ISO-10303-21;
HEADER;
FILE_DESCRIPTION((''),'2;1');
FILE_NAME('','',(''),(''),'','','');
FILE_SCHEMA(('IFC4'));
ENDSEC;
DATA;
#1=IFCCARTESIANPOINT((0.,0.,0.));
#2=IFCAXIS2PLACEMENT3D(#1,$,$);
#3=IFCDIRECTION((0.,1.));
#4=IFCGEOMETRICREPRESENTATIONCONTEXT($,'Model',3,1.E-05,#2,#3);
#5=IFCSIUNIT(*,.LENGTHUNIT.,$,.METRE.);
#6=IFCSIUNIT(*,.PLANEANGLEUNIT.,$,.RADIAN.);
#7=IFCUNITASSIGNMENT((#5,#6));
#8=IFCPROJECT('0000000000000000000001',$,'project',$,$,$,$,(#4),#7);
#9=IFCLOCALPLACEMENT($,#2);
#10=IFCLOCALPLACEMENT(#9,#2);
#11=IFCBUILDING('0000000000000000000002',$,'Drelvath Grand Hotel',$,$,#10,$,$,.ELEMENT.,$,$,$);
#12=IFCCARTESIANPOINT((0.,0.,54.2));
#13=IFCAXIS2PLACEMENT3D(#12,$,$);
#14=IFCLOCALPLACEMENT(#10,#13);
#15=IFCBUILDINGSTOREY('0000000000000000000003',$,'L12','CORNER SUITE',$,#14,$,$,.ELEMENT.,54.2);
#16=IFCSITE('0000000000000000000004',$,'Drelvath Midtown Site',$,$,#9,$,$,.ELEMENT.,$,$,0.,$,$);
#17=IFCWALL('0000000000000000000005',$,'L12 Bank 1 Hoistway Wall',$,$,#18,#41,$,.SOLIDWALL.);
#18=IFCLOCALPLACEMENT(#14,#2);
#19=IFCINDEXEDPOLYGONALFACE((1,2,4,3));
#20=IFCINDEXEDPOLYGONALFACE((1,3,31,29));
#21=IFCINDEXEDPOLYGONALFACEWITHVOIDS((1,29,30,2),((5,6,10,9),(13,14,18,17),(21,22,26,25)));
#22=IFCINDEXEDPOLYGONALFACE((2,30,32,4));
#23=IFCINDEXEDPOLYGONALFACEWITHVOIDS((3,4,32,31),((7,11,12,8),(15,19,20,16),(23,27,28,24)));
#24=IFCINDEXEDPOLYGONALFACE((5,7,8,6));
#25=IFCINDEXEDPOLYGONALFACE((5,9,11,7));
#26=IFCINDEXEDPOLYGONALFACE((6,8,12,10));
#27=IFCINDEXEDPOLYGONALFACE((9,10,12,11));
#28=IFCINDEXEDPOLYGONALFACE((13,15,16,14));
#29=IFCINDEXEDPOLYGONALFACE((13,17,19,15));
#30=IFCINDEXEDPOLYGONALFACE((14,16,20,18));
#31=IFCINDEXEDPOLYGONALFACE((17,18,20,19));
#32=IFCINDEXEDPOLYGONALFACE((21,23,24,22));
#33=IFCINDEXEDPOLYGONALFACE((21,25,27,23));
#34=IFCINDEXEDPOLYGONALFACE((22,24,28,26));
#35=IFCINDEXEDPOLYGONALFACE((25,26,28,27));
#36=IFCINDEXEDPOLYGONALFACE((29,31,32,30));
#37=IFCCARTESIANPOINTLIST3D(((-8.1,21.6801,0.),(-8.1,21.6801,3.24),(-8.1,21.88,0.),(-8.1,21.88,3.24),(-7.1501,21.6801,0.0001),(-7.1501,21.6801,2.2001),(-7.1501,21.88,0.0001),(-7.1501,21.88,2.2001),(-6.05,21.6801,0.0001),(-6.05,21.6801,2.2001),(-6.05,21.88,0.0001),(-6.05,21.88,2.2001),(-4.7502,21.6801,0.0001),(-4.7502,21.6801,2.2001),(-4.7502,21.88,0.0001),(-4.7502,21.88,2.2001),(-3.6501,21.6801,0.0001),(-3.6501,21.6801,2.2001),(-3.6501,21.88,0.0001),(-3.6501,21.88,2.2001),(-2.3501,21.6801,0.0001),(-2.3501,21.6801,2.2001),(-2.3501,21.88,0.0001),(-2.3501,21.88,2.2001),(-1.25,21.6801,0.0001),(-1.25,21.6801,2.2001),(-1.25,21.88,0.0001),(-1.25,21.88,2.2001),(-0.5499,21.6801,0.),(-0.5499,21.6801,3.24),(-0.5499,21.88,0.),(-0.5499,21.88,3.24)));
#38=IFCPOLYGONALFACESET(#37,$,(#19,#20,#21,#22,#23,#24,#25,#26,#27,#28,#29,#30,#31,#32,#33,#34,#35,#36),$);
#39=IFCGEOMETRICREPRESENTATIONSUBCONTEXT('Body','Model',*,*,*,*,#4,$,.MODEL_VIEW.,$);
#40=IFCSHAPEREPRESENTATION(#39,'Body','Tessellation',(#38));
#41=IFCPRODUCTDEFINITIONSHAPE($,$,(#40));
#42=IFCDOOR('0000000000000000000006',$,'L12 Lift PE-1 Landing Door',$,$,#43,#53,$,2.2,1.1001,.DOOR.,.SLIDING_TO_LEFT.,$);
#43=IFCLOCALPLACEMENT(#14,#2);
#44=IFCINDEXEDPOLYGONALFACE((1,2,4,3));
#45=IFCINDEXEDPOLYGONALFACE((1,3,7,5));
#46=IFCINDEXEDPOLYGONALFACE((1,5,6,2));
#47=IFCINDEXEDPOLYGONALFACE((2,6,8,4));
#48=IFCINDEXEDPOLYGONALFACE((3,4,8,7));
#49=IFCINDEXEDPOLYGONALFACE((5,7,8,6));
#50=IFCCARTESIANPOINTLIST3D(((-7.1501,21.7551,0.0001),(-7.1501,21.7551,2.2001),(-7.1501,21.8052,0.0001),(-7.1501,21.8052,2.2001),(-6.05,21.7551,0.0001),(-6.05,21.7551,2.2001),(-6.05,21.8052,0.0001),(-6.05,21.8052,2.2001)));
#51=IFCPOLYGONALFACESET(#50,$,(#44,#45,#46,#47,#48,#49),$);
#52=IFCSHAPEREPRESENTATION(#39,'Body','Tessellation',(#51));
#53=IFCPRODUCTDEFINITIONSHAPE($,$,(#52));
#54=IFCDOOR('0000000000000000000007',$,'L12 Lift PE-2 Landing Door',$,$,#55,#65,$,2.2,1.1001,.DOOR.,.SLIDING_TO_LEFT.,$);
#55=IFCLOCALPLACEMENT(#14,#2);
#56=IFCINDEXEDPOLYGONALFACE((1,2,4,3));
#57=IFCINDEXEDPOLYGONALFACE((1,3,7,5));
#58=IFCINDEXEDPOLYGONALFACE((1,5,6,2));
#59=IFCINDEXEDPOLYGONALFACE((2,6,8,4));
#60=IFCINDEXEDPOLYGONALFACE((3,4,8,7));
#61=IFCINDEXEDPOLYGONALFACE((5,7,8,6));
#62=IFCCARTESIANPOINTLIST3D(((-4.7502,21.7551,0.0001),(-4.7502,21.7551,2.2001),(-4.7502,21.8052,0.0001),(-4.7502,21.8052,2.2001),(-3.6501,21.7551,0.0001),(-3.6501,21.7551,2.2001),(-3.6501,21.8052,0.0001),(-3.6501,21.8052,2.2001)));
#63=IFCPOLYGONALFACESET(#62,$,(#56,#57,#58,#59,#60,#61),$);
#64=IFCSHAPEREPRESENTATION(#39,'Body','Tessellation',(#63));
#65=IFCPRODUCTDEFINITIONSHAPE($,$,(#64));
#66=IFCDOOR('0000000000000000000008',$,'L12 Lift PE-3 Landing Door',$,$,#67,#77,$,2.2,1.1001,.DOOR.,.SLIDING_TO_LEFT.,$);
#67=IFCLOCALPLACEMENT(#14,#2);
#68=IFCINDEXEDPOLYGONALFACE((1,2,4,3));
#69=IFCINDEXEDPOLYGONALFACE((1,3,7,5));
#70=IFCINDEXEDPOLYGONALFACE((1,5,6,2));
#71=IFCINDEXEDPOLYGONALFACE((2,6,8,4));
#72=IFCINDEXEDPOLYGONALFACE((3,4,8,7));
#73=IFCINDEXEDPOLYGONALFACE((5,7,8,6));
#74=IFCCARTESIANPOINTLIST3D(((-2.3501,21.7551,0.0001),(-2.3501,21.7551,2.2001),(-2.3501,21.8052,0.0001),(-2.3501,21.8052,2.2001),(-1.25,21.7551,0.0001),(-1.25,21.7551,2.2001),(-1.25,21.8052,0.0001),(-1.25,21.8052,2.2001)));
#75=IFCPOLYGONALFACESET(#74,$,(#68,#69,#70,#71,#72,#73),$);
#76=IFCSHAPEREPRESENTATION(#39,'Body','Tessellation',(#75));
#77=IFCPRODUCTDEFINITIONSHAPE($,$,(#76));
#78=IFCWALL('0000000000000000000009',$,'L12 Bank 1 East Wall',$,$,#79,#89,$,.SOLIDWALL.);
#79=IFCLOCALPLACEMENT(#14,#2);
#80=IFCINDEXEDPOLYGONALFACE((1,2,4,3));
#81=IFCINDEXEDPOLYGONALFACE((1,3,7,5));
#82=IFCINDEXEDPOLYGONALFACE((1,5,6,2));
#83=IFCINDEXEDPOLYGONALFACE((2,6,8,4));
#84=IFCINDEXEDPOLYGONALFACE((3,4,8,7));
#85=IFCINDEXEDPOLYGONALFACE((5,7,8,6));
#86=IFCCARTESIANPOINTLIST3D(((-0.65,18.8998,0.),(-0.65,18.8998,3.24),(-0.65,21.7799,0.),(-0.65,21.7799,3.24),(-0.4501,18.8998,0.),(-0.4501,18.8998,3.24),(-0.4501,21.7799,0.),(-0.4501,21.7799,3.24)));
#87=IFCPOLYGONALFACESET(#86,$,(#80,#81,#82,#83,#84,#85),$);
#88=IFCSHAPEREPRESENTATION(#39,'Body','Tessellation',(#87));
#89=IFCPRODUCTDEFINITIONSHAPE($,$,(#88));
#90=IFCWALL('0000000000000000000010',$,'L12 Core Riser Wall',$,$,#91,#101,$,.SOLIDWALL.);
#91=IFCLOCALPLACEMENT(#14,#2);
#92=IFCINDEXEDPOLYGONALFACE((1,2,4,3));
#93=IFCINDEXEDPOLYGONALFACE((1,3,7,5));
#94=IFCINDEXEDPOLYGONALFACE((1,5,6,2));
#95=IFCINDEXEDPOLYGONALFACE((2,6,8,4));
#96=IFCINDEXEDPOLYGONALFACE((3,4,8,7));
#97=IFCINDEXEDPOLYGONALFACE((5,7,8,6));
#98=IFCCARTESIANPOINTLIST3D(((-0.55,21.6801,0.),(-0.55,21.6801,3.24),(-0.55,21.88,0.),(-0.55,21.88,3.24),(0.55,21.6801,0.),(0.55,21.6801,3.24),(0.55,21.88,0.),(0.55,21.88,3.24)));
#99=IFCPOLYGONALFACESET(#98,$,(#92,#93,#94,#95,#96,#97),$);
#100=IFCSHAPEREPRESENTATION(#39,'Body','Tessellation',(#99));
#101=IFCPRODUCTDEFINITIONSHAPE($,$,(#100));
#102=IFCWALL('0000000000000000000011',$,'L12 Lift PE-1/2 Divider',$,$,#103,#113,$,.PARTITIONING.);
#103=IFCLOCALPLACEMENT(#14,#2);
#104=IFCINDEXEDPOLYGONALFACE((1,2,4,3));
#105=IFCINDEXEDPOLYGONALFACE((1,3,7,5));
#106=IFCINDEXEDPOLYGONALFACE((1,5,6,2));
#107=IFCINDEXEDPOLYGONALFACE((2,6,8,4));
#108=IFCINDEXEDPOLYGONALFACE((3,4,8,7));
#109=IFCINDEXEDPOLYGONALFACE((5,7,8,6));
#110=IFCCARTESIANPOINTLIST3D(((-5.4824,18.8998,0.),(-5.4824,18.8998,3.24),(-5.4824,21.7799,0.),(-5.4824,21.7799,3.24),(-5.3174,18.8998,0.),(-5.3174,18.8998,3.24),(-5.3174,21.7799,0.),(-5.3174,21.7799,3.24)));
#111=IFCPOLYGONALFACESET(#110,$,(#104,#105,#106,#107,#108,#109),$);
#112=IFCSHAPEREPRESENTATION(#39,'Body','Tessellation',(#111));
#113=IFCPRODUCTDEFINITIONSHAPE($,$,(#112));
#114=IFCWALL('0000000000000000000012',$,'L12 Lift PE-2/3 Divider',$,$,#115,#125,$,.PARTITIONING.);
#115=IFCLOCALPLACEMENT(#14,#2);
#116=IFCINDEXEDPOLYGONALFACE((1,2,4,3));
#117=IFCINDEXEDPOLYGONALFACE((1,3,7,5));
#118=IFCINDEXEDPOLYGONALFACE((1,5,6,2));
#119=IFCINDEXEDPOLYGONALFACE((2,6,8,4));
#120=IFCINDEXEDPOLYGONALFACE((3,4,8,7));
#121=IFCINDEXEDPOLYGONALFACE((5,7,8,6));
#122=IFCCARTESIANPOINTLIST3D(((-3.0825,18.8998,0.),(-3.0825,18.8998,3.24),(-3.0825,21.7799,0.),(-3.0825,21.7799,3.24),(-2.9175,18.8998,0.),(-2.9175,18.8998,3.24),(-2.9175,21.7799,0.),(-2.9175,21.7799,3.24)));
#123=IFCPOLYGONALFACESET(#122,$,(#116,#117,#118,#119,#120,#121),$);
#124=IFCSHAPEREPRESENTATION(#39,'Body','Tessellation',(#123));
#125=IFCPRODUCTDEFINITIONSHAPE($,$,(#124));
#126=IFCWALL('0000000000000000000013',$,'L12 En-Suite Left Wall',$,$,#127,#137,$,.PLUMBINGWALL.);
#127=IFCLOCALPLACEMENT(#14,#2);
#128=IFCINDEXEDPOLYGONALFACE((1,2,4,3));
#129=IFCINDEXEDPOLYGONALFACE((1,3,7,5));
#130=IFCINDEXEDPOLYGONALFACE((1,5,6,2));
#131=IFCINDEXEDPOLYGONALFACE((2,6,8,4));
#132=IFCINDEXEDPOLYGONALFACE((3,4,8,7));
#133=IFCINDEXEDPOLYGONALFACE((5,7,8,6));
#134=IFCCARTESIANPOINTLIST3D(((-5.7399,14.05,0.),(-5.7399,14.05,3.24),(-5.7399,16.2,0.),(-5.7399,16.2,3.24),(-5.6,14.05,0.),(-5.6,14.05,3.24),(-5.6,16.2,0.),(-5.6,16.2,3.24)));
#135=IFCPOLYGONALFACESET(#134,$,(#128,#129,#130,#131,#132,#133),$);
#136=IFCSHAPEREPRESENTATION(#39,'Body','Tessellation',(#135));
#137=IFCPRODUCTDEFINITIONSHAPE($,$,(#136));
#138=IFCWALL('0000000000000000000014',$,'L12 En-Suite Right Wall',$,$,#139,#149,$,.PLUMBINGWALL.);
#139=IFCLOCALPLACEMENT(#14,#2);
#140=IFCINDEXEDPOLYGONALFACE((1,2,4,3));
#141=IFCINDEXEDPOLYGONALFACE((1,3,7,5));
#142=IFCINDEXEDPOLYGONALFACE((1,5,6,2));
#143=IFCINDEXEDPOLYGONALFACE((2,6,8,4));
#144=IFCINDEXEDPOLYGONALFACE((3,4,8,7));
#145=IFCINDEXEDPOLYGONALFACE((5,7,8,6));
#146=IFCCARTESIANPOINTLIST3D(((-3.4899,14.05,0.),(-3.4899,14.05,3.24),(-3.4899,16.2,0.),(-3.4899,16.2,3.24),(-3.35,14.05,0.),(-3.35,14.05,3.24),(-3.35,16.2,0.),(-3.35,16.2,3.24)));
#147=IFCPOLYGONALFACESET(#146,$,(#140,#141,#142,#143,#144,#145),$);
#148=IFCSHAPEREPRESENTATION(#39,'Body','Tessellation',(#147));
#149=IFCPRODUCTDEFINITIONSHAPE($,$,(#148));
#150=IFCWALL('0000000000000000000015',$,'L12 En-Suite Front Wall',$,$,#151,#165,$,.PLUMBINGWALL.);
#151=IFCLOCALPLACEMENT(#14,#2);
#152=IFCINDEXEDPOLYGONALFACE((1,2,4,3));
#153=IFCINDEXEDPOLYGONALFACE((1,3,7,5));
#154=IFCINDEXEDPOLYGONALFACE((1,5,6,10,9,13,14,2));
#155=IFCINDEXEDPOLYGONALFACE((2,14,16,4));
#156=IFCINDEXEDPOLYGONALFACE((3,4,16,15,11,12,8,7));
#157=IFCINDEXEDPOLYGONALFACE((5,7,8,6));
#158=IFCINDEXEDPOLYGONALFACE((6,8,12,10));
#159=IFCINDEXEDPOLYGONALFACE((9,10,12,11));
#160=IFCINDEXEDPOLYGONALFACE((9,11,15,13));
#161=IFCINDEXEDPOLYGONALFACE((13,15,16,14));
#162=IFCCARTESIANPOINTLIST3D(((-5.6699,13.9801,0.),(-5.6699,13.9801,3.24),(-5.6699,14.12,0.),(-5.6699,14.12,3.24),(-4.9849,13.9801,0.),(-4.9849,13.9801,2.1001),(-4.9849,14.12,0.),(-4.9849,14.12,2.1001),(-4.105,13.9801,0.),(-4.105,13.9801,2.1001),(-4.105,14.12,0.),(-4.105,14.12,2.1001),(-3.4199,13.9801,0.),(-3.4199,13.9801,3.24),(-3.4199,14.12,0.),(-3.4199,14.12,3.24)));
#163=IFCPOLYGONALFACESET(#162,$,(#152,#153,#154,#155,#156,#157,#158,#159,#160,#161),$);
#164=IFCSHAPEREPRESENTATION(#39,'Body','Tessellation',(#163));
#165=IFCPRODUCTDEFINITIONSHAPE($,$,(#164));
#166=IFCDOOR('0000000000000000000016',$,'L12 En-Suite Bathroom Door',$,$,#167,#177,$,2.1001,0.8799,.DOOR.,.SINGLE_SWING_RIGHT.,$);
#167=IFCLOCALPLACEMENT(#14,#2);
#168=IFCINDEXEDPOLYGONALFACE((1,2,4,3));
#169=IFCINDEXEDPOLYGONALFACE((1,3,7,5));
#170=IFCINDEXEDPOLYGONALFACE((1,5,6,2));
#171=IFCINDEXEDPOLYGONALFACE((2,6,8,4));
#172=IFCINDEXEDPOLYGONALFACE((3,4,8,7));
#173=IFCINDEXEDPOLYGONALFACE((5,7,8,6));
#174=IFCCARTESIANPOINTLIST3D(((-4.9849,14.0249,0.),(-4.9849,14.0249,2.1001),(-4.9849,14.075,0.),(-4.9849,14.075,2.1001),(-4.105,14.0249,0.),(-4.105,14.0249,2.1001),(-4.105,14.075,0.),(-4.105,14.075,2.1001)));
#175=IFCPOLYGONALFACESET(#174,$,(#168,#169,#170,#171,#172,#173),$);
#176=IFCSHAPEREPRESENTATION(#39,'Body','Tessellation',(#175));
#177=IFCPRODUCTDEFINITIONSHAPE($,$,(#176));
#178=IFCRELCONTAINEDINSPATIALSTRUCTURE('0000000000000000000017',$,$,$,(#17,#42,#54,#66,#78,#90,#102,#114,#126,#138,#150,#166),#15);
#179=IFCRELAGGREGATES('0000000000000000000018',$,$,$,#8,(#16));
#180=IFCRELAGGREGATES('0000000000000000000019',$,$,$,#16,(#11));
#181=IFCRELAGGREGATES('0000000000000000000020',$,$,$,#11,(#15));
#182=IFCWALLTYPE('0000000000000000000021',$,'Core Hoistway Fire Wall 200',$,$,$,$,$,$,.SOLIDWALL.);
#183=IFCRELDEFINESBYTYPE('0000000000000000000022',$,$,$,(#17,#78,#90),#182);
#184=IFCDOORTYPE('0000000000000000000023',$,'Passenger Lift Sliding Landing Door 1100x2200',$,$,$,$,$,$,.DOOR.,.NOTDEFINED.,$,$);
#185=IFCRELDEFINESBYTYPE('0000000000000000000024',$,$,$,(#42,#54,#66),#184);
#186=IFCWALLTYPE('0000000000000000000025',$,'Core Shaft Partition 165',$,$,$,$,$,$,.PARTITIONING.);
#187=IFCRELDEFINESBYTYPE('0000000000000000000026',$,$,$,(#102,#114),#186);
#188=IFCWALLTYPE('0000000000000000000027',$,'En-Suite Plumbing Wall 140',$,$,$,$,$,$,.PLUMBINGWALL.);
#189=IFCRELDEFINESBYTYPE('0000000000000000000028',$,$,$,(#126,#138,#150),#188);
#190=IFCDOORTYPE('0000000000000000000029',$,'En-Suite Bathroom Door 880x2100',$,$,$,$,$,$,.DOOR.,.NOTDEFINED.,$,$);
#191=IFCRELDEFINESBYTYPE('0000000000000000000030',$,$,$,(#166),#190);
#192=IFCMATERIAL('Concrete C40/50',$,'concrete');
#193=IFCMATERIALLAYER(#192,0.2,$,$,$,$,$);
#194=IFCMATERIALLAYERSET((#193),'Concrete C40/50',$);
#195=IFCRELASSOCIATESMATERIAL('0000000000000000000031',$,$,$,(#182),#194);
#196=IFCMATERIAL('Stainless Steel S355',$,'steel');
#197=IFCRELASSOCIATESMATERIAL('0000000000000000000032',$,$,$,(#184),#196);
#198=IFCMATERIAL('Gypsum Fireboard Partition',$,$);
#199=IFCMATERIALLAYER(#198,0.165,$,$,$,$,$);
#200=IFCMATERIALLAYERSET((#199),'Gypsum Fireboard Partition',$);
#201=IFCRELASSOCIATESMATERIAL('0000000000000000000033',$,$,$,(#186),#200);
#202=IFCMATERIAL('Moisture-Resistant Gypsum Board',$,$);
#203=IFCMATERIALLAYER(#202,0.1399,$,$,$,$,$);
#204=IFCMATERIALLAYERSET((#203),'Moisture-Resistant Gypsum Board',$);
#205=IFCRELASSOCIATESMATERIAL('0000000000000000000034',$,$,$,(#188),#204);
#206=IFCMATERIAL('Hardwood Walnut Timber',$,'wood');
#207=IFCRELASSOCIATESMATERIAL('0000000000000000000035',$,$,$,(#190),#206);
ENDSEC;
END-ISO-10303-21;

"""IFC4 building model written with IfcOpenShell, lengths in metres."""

from ifc_helpers import new_model, si_unit, direction, frame, frame_2d, origin, place, context, subcontext, project, spatial, rectangle, extrude, material, layer, layer_set, type_object, element, fill, save


model = new_model("IFC4")

# Units and contexts
model_context = context("Model", 3, precision=1e-05, world=origin(), true_north=direction((0.0, 1.0)))
body_context = subcontext(model_context, "Body", "Model", "MODEL_VIEW")
ifc_project = project(units=[si_unit("LENGTHUNIT", "METRE"), si_unit("PLANEANGLEUNIT", "RADIAN")], contexts=[model_context])

# Site, building, storey
site_placement = place(None, origin())
site = spatial("IfcSite", under=ifc_project, at=site_placement, Name="Drelvath Midtown Site", CompositionType="ELEMENT", RefElevation=0.0)
building_placement = place(site_placement, origin())
building = spatial("IfcBuilding", under=site, at=building_placement, Name="Drelvath Grand Hotel", CompositionType="ELEMENT")
storey_placement = place(building_placement, frame((0.0, 0.0, 54.2)))
storey = spatial("IfcBuildingStorey", under=building, at=storey_placement, Name="L12", Description="CORNER SUITE", CompositionType="ELEMENT", Elevation=54.2)

# Wall, openings, doors
ifc_material_1 = material(Name="Concrete C40/50", Category="concrete")
ifc_layer_1 = layer(ifc_material_1, 0.2)
ifc_layer_set_1 = layer_set([ifc_layer_1], Name="Concrete C40/50")
wall_type_1 = type_object("IfcWallType", Name="Core Hoistway Fire Wall 200", PredefinedType="SOLIDWALL", material=ifc_layer_set_1)
wall_1_placement = place(storey_placement, frame((-0.55, 21.78, 0.0), z_axis=(0.0, 0.0, 1.0), x_axis=(-1.0, 0.0, 0.0)))
wall_1 = element("IfcWall", 1, at=wall_1_placement, inside=storey, type_object=wall_type_1, Name="L12 Bank 1 Hoistway Wall", PredefinedType="SOLIDWALL", context=body_context, shape_type="SweptSolid", body=[
    extrude(rectangle(XDim=7.55, YDim=0.2, at=frame_2d((3.7749, 0.0))), origin(), (0.0, 0.0, 1.0), 3.24),
])
opening_1_placement = place(wall_1_placement, frame((5.5, 0.0, 0.0)))
opening_1 = element("IfcOpeningElement", 2, at=opening_1_placement, cuts=wall_1, PredefinedType="OPENING", context=body_context, shape_type="SweptSolid", body=[
    extrude(rectangle(XDim=1.1001, YDim=2.2, at=frame_2d((0.55, 1.1001))), frame((0.0, 0.1099, 0.0), z_axis=(0.0, -1.0, 0.0), x_axis=(1.0, 0.0, 0.0)), (0.0, 0.0, 1.0), 0.22),
])
opening_2_placement = place(wall_1_placement, frame((3.1001, 0.0, 0.0)))
opening_2 = element("IfcOpeningElement", 3, at=opening_2_placement, cuts=wall_1, PredefinedType="OPENING", context=body_context, shape_type="SweptSolid", body=[
    extrude(rectangle(XDim=1.1001, YDim=2.2, at=frame_2d((0.55, 1.1001))), frame((0.0, 0.1099, 0.0), z_axis=(0.0, -1.0, 0.0), x_axis=(1.0, 0.0, 0.0)), (0.0, 0.0, 1.0), 0.22),
])
opening_3_placement = place(wall_1_placement, frame((0.7, 0.0, 0.0)))
opening_3 = element("IfcOpeningElement", 4, at=opening_3_placement, cuts=wall_1, PredefinedType="OPENING", context=body_context, shape_type="SweptSolid", body=[
    extrude(rectangle(XDim=1.1001, YDim=2.2, at=frame_2d((0.55, 1.1001))), frame((0.0, 0.1099, 0.0), z_axis=(0.0, -1.0, 0.0), x_axis=(1.0, 0.0, 0.0)), (0.0, 0.0, 1.0), 0.22),
])
ifc_material_2 = material(Name="Stainless Steel S355", Category="steel")
door_type_1 = type_object("IfcDoorType", Name="Passenger Lift Sliding Landing Door 1100x2200", OperationType="NOTDEFINED", PredefinedType="DOOR", material=ifc_material_2)
door_1_placement = place(opening_1_placement, origin())
door_1 = element("IfcDoor", 5, at=door_1_placement, inside=storey, type_object=door_type_1, Name="L12 Lift PE-1 Landing Door", OperationType="SLIDING_TO_LEFT", OverallHeight=2.2, OverallWidth=1.1001, PredefinedType="DOOR", context=body_context, shape_type="SweptSolid", body=[
    extrude(rectangle(XDim=1.1001, YDim=2.2, at=frame_2d((0.55, 1.1001))), frame((0.0, 0.0249, 0.0), z_axis=(0.0, -1.0, 0.0), x_axis=(1.0, 0.0, 0.0)), (0.0, 0.0, 1.0), 0.05),
])
fill(opening_1, door_1)
door_2_placement = place(opening_2_placement, origin())
door_2 = element("IfcDoor", 6, at=door_2_placement, inside=storey, type_object=door_type_1, Name="L12 Lift PE-2 Landing Door", OperationType="SLIDING_TO_LEFT", OverallHeight=2.2, OverallWidth=1.1001, PredefinedType="DOOR", context=body_context, shape_type="SweptSolid", body=[
    extrude(rectangle(XDim=1.1001, YDim=2.2, at=frame_2d((0.55, 1.1001))), frame((0.0, 0.0249, 0.0), z_axis=(0.0, -1.0, 0.0), x_axis=(1.0, 0.0, 0.0)), (0.0, 0.0, 1.0), 0.05),
])
fill(opening_2, door_2)
door_3_placement = place(opening_3_placement, origin())
door_3 = element("IfcDoor", 7, at=door_3_placement, inside=storey, type_object=door_type_1, Name="L12 Lift PE-3 Landing Door", OperationType="SLIDING_TO_LEFT", OverallHeight=2.2, OverallWidth=1.1001, PredefinedType="DOOR", context=body_context, shape_type="SweptSolid", body=[
    extrude(rectangle(XDim=1.1001, YDim=2.2, at=frame_2d((0.55, 1.1001))), frame((0.0, 0.0249, 0.0), z_axis=(0.0, -1.0, 0.0), x_axis=(1.0, 0.0, 0.0)), (0.0, 0.0, 1.0), 0.05),
])
fill(opening_3, door_3)

# Walls
wall_2_placement = place(storey_placement, frame((-0.55, 18.8999, 0.0), z_axis=(0.0, 0.0, 1.0), x_axis=(0.0, 1.0, 0.0)))
element("IfcWall", 8, at=wall_2_placement, inside=storey, type_object=wall_type_1, Name="L12 Bank 1 East Wall", PredefinedType="SOLIDWALL", context=body_context, shape_type="SweptSolid", body=[
    extrude(rectangle(XDim=2.8801, YDim=0.2, at=frame_2d((1.4399, 0.0))), origin(), (0.0, 0.0, 1.0), 3.24),
])
wall_3_placement = place(storey_placement, frame((-0.55, 21.78, 0.0), z_axis=(0.0, 0.0, 1.0), x_axis=(1.0, 0.0, 0.0)))
element("IfcWall", 9, at=wall_3_placement, inside=storey, type_object=wall_type_1, Name="L12 Core Riser Wall", PredefinedType="SOLIDWALL", context=body_context, shape_type="SweptSolid", body=[
    extrude(rectangle(XDim=1.1001, YDim=0.2, at=frame_2d((0.55, 0.0))), origin(), (0.0, 0.0, 1.0), 3.24),
])
ifc_material_3 = material(Name="Gypsum Fireboard Partition")
ifc_layer_2 = layer(ifc_material_3, 0.165)
ifc_layer_set_2 = layer_set([ifc_layer_2], Name="Gypsum Fireboard Partition")
wall_type_2 = type_object("IfcWallType", Name="Core Shaft Partition 165", PredefinedType="PARTITIONING", material=ifc_layer_set_2)
for number, where, z_axis, x_axis, name in (
    (10, (-5.3999, 18.8999, 0.0), (0.0, 0.0, 1.0), (0.0, 1.0, 0.0), "L12 Lift PE-1/2 Divider"),
    (11, (-3.0, 18.8999, 0.0), (0.0, 0.0, 1.0), (0.0, 1.0, 0.0), "L12 Lift PE-2/3 Divider"),
):
    element("IfcWall", number, at=place(storey_placement, frame(where, z_axis=z_axis, x_axis=x_axis)), inside=storey, type_object=wall_type_2, Name=name, PredefinedType="PARTITIONING", context=body_context, shape_type="SweptSolid", body=[
        extrude(rectangle(XDim=2.8801, YDim=0.165, at=frame_2d((1.4399, 0.0))), origin(), (0.0, 0.0, 1.0), 3.24),
    ])
ifc_material_4 = material(Name="Moisture-Resistant Gypsum Board")
ifc_layer_3 = layer(ifc_material_4, 0.1399)
ifc_layer_set_3 = layer_set([ifc_layer_3], Name="Moisture-Resistant Gypsum Board")
wall_type_3 = type_object("IfcWallType", Name="En-Suite Plumbing Wall 140", PredefinedType="PLUMBINGWALL", material=ifc_layer_set_3)
for number, where, z_axis, x_axis, name in (
    (12, (-5.6699, 16.2, 0.0), (0.0, 0.0, 1.0), (0.0, -1.0, 0.0), "L12 En-Suite Left Wall"),
    (13, (-3.4199, 16.2, 0.0), (0.0, 0.0, 1.0), (0.0, -1.0, 0.0), "L12 En-Suite Right Wall"),
):
    element("IfcWall", number, at=place(storey_placement, frame(where, z_axis=z_axis, x_axis=x_axis)), inside=storey, type_object=wall_type_3, Name=name, PredefinedType="PLUMBINGWALL", context=body_context, shape_type="SweptSolid", body=[
        extrude(rectangle(XDim=2.1499, YDim=0.1399, at=frame_2d((1.075, 0.0))), origin(), (0.0, 0.0, 1.0), 3.24),
    ])

# Wall, opening, door
wall_4_placement = place(storey_placement, frame((-5.6699, 14.05, 0.0), z_axis=(0.0, 0.0, 1.0), x_axis=(1.0, 0.0, 0.0)))
wall_4 = element("IfcWall", 14, at=wall_4_placement, inside=storey, type_object=wall_type_3, Name="L12 En-Suite Front Wall", PredefinedType="PLUMBINGWALL", context=body_context, shape_type="SweptSolid", body=[
    extrude(rectangle(XDim=2.25, YDim=0.1399, at=frame_2d((1.125, 0.0))), origin(), (0.0, 0.0, 1.0), 3.24),
])
opening_4_placement = place(wall_4_placement, frame((0.6851, 0.0, 0.0)))
opening_4 = element("IfcOpeningElement", 15, at=opening_4_placement, cuts=wall_4, PredefinedType="OPENING", context=body_context, shape_type="SweptSolid", body=[
    extrude(rectangle(XDim=0.8799, YDim=2.1001, at=frame_2d((0.4399, 1.05))), frame((0.0, 0.0798, 0.0), z_axis=(0.0, -1.0, 0.0), x_axis=(1.0, 0.0, 0.0)), (0.0, 0.0, 1.0), 0.1599),
])
ifc_material_5 = material(Name="Hardwood Walnut Timber", Category="wood")
door_type_2 = type_object("IfcDoorType", Name="En-Suite Bathroom Door 880x2100", OperationType="NOTDEFINED", PredefinedType="DOOR", material=ifc_material_5)
door_4_placement = place(opening_4_placement, origin())
door_4 = element("IfcDoor", 16, at=door_4_placement, inside=storey, type_object=door_type_2, Name="L12 En-Suite Bathroom Door", OperationType="SINGLE_SWING_RIGHT", OverallHeight=2.1001, OverallWidth=0.8799, PredefinedType="DOOR", context=body_context, shape_type="SweptSolid", body=[
    extrude(rectangle(XDim=0.8799, YDim=2.1001, at=frame_2d((0.4399, 1.05))), frame((0.0, 0.0249, 0.0), z_axis=(0.0, -1.0, 0.0), x_axis=(1.0, 0.0, 0.0)), (0.0, 0.0, 1.0), 0.05),
])
fill(opening_4, door_4)

save(model, "model.ifc")
